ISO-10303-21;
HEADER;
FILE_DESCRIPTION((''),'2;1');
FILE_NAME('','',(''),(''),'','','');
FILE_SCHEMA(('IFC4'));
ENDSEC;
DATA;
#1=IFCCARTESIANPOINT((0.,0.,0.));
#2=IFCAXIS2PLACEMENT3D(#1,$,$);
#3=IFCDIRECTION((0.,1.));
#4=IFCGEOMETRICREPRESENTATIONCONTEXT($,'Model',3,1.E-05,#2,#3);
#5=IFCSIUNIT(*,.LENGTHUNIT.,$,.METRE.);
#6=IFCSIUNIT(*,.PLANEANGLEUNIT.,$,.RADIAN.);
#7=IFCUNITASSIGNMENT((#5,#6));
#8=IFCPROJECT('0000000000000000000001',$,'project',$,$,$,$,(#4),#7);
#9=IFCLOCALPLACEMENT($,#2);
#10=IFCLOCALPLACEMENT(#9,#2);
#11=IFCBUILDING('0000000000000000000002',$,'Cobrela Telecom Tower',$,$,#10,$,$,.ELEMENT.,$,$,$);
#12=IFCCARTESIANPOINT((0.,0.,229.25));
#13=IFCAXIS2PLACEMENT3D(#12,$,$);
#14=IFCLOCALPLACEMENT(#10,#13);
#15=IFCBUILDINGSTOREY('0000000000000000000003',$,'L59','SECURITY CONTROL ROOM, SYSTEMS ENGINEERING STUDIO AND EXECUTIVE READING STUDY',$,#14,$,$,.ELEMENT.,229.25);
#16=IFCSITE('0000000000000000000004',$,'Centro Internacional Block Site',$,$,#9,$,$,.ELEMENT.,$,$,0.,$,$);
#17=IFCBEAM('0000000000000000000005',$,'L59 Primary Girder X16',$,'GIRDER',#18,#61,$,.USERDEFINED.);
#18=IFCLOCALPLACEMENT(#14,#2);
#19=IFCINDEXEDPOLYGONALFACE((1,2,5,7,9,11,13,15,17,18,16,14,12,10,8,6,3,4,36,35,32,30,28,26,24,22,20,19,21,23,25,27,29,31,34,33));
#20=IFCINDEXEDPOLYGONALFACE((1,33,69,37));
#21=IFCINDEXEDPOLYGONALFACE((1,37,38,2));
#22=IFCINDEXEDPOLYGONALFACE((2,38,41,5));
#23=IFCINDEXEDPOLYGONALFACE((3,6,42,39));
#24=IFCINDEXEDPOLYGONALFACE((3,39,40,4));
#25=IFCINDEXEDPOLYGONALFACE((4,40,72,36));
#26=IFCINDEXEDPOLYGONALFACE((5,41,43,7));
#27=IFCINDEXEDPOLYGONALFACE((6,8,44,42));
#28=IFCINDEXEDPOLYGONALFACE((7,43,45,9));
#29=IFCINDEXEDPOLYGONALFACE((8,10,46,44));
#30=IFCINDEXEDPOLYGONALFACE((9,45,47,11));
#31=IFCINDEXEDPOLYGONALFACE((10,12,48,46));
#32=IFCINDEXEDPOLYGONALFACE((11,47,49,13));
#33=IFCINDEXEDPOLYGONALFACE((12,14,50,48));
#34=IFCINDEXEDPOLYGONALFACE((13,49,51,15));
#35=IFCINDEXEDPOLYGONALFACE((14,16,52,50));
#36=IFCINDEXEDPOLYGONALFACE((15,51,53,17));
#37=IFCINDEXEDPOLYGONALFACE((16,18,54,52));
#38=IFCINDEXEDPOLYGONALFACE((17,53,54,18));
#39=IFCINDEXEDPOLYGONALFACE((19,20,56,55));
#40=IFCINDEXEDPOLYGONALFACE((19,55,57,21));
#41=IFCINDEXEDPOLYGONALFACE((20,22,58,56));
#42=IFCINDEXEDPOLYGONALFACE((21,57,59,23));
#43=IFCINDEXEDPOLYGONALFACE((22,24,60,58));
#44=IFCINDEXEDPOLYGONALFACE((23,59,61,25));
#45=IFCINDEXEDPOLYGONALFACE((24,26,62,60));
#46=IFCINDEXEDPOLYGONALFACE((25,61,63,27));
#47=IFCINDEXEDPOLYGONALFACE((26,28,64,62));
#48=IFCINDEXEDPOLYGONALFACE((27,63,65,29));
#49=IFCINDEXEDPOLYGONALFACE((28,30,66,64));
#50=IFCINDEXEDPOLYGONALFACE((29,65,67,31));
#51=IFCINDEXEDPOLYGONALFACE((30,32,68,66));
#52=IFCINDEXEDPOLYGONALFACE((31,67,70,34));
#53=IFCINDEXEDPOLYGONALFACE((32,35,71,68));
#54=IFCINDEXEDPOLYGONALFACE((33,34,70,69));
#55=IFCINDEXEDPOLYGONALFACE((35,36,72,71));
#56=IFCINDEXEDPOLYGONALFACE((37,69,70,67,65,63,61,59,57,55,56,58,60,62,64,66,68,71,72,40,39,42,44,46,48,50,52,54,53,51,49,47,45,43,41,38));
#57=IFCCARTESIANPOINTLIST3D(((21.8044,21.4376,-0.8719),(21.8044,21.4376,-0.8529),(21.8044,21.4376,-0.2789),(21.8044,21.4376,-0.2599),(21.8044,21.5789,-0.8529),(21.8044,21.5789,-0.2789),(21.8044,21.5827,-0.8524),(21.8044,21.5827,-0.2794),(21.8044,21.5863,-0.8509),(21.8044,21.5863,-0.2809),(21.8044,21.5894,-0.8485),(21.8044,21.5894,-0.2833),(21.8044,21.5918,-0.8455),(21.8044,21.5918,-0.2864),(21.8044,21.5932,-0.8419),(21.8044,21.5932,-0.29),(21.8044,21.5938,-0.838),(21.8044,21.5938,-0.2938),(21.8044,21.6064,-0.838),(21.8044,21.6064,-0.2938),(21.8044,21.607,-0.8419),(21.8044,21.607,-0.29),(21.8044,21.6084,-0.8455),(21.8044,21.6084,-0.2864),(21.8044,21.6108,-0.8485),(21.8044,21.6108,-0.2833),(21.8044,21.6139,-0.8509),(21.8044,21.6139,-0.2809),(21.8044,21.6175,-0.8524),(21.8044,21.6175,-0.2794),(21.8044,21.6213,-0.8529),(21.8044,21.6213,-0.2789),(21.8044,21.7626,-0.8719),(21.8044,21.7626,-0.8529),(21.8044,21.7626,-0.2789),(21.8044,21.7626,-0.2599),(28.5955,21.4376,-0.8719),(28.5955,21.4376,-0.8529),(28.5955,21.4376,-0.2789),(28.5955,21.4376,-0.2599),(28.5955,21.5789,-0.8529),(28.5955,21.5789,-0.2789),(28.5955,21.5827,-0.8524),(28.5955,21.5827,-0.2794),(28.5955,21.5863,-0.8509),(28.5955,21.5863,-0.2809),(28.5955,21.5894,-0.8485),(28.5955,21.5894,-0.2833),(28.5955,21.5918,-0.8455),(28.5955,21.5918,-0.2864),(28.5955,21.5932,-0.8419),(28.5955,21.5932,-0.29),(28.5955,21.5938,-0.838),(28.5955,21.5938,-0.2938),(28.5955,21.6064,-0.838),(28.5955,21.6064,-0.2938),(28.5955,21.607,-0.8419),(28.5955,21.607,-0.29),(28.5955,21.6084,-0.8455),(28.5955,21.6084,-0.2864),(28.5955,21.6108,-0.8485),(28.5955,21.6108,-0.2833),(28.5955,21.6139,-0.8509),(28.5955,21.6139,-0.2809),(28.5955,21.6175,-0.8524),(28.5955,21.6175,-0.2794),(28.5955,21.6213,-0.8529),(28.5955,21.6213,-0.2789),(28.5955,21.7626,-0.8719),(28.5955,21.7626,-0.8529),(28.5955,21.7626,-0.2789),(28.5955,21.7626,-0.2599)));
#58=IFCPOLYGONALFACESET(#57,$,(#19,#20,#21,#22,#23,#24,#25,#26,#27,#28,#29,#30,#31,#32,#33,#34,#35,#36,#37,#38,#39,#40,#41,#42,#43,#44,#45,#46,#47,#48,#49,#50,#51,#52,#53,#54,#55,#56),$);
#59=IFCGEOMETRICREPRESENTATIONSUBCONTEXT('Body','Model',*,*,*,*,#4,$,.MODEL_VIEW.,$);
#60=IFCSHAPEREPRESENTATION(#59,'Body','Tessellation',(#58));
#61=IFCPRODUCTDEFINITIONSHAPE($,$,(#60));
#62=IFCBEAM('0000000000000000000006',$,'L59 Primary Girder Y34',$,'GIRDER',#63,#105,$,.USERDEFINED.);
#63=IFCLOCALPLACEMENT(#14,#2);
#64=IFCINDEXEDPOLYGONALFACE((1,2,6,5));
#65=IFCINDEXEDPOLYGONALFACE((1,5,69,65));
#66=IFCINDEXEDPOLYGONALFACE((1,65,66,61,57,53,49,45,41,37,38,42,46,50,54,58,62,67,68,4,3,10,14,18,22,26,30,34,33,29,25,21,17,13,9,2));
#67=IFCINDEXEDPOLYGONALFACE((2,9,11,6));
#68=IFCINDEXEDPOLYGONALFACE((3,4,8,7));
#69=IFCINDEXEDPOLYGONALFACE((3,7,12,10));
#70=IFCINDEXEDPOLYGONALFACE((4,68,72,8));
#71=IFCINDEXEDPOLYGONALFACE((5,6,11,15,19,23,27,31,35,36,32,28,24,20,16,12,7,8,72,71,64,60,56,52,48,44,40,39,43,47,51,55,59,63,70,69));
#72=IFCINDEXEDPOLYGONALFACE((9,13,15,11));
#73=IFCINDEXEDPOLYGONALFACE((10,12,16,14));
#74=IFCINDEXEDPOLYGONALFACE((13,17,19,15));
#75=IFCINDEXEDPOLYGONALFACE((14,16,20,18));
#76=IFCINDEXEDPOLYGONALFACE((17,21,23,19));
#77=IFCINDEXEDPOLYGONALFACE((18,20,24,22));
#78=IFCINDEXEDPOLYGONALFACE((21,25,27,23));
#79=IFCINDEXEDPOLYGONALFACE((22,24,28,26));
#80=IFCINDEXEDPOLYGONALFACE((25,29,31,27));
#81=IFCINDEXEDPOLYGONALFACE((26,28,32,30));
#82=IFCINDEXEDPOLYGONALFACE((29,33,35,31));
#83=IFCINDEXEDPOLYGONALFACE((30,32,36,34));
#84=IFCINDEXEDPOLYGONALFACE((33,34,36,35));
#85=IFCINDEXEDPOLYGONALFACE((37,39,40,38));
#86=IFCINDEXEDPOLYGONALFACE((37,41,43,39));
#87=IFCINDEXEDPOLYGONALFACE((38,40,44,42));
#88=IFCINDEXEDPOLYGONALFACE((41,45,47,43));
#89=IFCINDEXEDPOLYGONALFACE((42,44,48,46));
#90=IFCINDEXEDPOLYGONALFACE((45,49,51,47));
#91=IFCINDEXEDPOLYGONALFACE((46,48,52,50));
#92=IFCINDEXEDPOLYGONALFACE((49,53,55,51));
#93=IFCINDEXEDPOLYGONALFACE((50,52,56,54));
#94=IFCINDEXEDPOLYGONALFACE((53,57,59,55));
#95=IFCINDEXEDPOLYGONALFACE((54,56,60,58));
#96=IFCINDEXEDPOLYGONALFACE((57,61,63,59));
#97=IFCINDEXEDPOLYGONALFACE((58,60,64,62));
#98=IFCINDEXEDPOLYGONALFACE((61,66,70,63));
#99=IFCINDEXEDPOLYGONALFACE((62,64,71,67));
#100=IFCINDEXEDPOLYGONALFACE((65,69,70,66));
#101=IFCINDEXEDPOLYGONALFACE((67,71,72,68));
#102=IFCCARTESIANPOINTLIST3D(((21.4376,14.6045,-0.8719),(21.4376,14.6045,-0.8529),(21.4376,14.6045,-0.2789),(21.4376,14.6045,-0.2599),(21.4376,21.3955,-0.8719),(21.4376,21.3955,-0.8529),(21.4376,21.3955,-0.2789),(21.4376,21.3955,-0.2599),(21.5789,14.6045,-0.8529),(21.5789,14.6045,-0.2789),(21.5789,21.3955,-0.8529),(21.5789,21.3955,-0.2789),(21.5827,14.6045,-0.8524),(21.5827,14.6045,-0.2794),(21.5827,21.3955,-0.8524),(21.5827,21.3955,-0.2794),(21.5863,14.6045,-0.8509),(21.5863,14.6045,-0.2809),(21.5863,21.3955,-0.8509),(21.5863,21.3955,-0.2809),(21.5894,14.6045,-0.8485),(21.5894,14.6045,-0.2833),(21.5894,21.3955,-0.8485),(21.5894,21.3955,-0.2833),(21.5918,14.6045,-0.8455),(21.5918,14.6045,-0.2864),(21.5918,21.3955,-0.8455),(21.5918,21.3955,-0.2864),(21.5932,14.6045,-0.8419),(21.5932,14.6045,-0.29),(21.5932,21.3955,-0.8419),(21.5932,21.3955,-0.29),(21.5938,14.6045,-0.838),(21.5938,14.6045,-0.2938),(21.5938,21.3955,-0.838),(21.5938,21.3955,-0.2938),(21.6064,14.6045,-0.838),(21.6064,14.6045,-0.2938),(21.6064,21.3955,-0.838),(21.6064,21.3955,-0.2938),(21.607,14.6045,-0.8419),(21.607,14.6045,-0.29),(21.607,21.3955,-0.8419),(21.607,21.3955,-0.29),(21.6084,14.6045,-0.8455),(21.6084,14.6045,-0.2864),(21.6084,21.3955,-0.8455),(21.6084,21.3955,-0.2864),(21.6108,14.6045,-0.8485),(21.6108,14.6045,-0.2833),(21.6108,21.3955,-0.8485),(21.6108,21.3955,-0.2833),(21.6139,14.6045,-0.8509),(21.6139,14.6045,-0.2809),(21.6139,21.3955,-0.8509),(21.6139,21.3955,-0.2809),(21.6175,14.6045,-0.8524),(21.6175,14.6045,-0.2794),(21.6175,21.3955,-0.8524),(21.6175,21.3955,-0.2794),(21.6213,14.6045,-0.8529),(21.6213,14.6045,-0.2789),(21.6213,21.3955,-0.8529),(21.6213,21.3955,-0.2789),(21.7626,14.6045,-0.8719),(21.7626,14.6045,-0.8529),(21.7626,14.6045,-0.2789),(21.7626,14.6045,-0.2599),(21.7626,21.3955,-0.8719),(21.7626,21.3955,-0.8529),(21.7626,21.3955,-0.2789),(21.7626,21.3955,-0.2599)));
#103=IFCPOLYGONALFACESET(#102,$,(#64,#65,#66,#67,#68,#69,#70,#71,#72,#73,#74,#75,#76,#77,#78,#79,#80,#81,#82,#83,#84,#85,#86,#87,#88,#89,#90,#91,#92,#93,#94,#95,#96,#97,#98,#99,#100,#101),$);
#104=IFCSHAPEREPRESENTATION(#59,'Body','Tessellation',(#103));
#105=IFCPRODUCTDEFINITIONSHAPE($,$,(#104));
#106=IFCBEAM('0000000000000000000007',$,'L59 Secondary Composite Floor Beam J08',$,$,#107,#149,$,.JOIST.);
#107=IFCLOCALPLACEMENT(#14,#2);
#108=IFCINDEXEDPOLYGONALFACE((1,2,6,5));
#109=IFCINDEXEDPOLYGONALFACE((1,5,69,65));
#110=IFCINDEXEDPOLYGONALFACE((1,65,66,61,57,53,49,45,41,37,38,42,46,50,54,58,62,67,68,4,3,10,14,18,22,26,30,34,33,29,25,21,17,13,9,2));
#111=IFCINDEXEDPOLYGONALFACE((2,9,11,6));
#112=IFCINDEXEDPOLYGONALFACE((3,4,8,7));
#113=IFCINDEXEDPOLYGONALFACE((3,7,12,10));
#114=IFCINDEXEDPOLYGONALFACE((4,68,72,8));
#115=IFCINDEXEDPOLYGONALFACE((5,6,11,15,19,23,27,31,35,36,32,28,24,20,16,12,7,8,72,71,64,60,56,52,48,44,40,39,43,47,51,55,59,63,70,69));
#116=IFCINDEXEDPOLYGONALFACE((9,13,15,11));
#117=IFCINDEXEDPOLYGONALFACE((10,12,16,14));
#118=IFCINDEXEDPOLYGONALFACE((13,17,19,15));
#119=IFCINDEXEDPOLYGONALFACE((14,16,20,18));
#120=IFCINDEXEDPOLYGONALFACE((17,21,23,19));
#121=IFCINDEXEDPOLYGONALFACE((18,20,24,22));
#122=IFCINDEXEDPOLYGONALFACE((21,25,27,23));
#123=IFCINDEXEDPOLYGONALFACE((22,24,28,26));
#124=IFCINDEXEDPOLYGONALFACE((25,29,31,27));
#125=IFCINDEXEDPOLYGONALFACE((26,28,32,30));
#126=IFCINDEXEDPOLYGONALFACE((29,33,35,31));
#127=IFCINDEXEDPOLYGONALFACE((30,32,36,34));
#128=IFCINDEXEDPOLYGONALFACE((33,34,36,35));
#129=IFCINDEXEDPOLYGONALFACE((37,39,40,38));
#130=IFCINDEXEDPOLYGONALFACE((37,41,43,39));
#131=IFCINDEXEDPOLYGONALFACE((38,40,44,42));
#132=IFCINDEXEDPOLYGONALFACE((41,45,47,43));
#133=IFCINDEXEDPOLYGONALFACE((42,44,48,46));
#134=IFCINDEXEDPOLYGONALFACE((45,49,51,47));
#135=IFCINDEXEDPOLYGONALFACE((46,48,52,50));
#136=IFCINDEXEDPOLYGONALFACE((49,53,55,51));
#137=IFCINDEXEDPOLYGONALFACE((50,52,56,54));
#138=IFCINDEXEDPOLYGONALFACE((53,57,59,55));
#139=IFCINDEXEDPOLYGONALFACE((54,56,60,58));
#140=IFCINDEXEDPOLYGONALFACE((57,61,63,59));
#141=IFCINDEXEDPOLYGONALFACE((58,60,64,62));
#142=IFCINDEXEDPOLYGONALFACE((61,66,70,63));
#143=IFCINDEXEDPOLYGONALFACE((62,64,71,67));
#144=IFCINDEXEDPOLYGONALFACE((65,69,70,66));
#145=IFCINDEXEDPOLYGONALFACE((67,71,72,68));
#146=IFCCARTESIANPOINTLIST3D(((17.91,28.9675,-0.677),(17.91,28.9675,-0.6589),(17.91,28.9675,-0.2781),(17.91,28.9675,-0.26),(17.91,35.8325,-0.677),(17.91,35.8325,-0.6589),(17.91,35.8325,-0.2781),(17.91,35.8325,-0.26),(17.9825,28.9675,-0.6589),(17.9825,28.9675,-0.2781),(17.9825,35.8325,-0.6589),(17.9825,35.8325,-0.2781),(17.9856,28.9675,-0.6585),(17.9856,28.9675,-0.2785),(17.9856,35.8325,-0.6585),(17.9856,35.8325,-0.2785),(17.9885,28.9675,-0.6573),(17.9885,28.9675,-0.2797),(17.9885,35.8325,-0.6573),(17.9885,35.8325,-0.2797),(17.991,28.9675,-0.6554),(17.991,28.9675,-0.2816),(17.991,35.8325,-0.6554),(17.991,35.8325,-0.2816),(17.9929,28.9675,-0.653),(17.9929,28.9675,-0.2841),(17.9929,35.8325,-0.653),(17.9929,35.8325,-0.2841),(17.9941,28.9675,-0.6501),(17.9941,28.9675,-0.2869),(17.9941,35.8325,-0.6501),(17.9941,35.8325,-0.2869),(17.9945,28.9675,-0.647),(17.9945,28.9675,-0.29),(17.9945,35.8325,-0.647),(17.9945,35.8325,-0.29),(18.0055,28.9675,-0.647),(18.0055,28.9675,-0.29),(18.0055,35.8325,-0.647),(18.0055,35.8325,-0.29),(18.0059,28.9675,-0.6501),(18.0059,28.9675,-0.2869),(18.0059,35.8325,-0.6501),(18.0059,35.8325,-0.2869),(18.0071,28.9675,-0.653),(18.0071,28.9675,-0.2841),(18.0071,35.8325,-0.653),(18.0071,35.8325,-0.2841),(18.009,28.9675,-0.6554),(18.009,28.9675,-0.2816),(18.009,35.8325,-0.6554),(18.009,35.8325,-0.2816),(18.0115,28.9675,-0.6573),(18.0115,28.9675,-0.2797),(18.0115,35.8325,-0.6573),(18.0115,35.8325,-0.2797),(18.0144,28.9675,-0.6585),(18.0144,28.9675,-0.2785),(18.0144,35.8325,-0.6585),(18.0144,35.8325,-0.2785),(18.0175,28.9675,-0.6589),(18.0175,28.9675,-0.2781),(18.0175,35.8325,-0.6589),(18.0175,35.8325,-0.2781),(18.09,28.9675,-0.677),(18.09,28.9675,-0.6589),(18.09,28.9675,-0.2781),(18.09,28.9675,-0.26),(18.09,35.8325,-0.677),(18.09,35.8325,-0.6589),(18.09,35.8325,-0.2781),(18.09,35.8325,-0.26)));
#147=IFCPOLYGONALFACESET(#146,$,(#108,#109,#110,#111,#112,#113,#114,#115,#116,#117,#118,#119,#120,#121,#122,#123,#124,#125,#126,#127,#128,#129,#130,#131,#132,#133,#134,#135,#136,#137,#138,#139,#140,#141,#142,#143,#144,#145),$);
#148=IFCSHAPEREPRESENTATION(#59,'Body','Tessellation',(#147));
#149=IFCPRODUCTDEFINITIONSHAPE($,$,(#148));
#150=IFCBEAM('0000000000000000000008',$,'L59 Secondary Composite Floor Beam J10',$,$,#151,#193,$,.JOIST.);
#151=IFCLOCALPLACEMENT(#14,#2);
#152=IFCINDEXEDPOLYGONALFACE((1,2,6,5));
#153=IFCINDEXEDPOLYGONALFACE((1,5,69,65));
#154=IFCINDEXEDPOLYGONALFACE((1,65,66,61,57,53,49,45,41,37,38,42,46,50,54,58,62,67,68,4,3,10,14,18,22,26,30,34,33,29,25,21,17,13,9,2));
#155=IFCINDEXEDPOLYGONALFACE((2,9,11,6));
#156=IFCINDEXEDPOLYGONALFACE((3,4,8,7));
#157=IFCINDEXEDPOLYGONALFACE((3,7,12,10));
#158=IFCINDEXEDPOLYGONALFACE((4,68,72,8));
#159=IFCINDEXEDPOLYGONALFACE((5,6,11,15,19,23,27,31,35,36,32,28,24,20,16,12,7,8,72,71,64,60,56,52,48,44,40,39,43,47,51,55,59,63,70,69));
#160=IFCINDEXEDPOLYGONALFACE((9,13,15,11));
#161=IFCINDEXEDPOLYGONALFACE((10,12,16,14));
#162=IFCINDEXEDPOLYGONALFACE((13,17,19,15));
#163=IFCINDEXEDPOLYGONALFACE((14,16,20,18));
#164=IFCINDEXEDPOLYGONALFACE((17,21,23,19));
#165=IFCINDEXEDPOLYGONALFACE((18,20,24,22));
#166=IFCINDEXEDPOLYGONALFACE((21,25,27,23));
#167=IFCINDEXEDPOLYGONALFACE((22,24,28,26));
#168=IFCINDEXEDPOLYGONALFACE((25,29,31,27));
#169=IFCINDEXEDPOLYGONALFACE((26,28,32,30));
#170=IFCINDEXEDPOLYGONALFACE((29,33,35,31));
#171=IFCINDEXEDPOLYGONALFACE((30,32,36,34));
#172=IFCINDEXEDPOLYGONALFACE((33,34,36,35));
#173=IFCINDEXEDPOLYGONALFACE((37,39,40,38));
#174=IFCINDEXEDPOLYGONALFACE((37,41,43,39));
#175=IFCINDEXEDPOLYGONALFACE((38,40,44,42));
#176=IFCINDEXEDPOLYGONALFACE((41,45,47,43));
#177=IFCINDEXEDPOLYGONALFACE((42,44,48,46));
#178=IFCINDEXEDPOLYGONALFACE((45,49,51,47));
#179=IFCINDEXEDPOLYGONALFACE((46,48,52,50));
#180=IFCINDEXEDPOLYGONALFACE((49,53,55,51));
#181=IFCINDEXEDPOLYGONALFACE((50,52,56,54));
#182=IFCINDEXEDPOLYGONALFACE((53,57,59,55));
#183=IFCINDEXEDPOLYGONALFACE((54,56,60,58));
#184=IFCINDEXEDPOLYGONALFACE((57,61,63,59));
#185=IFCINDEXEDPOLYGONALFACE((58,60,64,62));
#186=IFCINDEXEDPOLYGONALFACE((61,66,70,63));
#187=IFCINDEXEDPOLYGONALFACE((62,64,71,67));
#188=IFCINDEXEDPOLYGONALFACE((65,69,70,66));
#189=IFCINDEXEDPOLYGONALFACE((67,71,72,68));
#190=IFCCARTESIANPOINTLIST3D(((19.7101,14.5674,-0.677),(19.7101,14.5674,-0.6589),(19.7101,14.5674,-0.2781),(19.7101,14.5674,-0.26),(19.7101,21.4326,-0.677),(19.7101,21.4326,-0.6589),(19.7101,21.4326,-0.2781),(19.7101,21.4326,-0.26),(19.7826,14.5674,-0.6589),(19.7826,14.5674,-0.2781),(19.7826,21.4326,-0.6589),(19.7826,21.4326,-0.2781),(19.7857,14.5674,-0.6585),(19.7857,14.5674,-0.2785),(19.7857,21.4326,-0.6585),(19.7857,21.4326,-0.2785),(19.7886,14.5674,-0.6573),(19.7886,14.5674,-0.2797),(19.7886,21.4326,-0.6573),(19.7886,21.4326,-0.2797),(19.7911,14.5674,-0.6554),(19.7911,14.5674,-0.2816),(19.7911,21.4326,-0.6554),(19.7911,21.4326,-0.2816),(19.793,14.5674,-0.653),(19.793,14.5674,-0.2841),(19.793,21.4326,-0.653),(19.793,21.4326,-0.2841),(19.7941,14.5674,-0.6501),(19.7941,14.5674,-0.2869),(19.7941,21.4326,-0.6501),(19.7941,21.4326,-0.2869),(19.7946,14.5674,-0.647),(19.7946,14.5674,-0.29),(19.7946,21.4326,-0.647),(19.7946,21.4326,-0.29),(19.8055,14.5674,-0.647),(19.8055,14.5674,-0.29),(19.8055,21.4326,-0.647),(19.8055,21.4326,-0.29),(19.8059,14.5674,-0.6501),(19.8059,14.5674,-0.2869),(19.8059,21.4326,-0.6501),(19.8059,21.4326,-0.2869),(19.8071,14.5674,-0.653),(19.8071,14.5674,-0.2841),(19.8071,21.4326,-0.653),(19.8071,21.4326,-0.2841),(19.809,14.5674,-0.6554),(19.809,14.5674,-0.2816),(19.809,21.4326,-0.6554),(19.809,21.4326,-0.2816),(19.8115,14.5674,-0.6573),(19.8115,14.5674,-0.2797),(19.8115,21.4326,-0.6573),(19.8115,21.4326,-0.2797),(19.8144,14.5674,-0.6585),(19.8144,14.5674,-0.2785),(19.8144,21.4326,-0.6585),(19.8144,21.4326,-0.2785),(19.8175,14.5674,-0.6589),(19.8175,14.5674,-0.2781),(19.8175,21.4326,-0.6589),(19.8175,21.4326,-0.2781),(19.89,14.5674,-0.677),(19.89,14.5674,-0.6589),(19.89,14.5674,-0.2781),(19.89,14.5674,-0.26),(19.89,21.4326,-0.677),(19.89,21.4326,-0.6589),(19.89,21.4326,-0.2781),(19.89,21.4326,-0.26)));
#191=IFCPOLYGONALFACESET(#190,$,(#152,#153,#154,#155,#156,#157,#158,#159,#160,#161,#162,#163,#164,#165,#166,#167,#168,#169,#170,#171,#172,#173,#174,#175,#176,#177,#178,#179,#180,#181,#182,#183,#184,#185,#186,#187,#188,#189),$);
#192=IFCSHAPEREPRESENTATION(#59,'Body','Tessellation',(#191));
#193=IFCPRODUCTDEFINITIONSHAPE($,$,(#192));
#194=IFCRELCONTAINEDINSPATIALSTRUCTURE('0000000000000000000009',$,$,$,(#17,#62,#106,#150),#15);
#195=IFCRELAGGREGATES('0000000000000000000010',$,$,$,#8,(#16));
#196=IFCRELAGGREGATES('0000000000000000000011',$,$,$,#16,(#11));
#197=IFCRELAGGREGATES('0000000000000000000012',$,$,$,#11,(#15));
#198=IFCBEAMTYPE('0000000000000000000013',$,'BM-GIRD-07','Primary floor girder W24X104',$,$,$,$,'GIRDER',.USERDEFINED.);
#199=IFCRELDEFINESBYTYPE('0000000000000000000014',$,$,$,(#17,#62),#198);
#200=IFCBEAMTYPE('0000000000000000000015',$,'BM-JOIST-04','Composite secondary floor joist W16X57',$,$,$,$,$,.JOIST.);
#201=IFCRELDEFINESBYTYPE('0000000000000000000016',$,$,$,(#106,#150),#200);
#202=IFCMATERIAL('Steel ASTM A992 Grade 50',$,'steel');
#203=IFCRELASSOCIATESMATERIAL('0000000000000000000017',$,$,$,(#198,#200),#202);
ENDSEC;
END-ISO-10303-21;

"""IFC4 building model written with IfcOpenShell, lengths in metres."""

from ifc_helpers import new_model, si_unit, direction, frame, origin, origin_2d, place, context, subcontext, project, spatial, i_section, extrude, material, material_profile, profile_set, type_object, element, save


model = new_model("IFC4")

# Units and contexts
model_context = context("Model", 3, precision=1e-05, world=origin(), true_north=direction((0.0, 1.0)))
body_context = subcontext(model_context, "Body", "Model", "MODEL_VIEW")
ifc_project = project(units=[si_unit("LENGTHUNIT", "METRE"), si_unit("PLANEANGLEUNIT", "RADIAN")], contexts=[model_context])

# Site, building, storey
site_placement = place(None, origin())
site = spatial("IfcSite", under=ifc_project, at=site_placement, Name="Centro Internacional Block Site", CompositionType="ELEMENT", RefElevation=0.0)
building_placement = place(site_placement, origin())
building = spatial("IfcBuilding", under=site, at=building_placement, Name="Cobrela Telecom Tower", CompositionType="ELEMENT")
storey_placement = place(building_placement, frame((0.0, 0.0, 229.25)))
storey = spatial("IfcBuildingStorey", under=building, at=storey_placement, Name="L59", Description="SECURITY CONTROL ROOM, SYSTEMS ENGINEERING STUDIO AND EXECUTIVE READING STUDY", CompositionType="ELEMENT", Elevation=229.25)

# Shared definitions
ifc_material_1 = material(Name="Steel ASTM A992 Grade 50", Category="steel")

# Beams
ifc_material_profile_1 = material_profile(ifc_material_1, i_section(OverallWidth=0.325, OverallDepth=0.6121, WebThickness=0.0127, FlangeThickness=0.019, FilletRadius=0.0149, at=origin_2d()), Name="W24X104")
ifc_profile_set_1 = profile_set([ifc_material_profile_1], Name="Steel ASTM A992 Grade 50")
beam_type_1 = type_object("IfcBeamType", Name="BM-GIRD-07", Description="Primary floor girder W24X104", ElementType="GIRDER", PredefinedType="USERDEFINED", material=ifc_profile_set_1)
for number, where, z_axis, x_axis, name in (
    (1, (21.8044, 21.6001, -0.5659), (1.0, 0.0, 0.0), (0.0, 1.0, 0.0), "L59 Primary Girder X16"),
    (2, (21.6001, 14.6045, -0.5659), (0.0, 1.0, 0.0), (-1.0, 0.0, 0.0), "L59 Primary Girder Y34"),
):
    element("IfcBeam", number, at=place(storey_placement, frame(where, z_axis=z_axis, x_axis=x_axis)), inside=storey, type_object=beam_type_1, Name=name, ObjectType="GIRDER", PredefinedType="USERDEFINED", context=body_context, shape_type="SweptSolid", body=[
        extrude(i_section(OverallWidth=0.325, OverallDepth=0.6121, WebThickness=0.0127, FlangeThickness=0.019, FilletRadius=0.0149, at=origin_2d()), origin(), (0.0, 0.0, 1.0), 6.791),
    ])
ifc_material_profile_2 = material_profile(ifc_material_1, i_section(OverallWidth=0.1799, OverallDepth=0.417, WebThickness=0.011, FlangeThickness=0.0181, FilletRadius=0.012, at=origin_2d()), Name="W16X57")
ifc_profile_set_2 = profile_set([ifc_material_profile_2], Name="Steel ASTM A992 Grade 50")
beam_type_2 = type_object("IfcBeamType", Name="BM-JOIST-04", Description="Composite secondary floor joist W16X57", PredefinedType="JOIST", material=ifc_profile_set_2)
beam_1_placement = place(storey_placement, frame((18.0, 28.9675, -0.4685), z_axis=(0.0, 1.0, 0.0), x_axis=(-1.0, 0.0, 0.0)))
element("IfcBeam", 3, at=beam_1_placement, inside=storey, type_object=beam_type_2, Name="L59 Secondary Composite Floor Beam J08", PredefinedType="JOIST", context=body_context, shape_type="SweptSolid", body=[
    extrude(i_section(OverallWidth=0.1799, OverallDepth=0.417, WebThickness=0.011, FlangeThickness=0.0181, FilletRadius=0.012, at=origin_2d()), origin(), (0.0, 0.0, 1.0), 6.865),
])
beam_2_placement = place(storey_placement, frame((19.8, 14.5674, -0.4685), z_axis=(0.0, 1.0, 0.0), x_axis=(-1.0, 0.0, 0.0)))
element("IfcBeam", 4, at=beam_2_placement, inside=storey, type_object=beam_type_2, Name="L59 Secondary Composite Floor Beam J10", PredefinedType="JOIST", context=body_context, shape_type="SweptSolid", body=[
    extrude(i_section(OverallWidth=0.1799, OverallDepth=0.417, WebThickness=0.011, FlangeThickness=0.0181, FilletRadius=0.012, at=origin_2d()), origin(), (0.0, 0.0, 1.0), 6.8652),
])

save(model, "model.ifc")
